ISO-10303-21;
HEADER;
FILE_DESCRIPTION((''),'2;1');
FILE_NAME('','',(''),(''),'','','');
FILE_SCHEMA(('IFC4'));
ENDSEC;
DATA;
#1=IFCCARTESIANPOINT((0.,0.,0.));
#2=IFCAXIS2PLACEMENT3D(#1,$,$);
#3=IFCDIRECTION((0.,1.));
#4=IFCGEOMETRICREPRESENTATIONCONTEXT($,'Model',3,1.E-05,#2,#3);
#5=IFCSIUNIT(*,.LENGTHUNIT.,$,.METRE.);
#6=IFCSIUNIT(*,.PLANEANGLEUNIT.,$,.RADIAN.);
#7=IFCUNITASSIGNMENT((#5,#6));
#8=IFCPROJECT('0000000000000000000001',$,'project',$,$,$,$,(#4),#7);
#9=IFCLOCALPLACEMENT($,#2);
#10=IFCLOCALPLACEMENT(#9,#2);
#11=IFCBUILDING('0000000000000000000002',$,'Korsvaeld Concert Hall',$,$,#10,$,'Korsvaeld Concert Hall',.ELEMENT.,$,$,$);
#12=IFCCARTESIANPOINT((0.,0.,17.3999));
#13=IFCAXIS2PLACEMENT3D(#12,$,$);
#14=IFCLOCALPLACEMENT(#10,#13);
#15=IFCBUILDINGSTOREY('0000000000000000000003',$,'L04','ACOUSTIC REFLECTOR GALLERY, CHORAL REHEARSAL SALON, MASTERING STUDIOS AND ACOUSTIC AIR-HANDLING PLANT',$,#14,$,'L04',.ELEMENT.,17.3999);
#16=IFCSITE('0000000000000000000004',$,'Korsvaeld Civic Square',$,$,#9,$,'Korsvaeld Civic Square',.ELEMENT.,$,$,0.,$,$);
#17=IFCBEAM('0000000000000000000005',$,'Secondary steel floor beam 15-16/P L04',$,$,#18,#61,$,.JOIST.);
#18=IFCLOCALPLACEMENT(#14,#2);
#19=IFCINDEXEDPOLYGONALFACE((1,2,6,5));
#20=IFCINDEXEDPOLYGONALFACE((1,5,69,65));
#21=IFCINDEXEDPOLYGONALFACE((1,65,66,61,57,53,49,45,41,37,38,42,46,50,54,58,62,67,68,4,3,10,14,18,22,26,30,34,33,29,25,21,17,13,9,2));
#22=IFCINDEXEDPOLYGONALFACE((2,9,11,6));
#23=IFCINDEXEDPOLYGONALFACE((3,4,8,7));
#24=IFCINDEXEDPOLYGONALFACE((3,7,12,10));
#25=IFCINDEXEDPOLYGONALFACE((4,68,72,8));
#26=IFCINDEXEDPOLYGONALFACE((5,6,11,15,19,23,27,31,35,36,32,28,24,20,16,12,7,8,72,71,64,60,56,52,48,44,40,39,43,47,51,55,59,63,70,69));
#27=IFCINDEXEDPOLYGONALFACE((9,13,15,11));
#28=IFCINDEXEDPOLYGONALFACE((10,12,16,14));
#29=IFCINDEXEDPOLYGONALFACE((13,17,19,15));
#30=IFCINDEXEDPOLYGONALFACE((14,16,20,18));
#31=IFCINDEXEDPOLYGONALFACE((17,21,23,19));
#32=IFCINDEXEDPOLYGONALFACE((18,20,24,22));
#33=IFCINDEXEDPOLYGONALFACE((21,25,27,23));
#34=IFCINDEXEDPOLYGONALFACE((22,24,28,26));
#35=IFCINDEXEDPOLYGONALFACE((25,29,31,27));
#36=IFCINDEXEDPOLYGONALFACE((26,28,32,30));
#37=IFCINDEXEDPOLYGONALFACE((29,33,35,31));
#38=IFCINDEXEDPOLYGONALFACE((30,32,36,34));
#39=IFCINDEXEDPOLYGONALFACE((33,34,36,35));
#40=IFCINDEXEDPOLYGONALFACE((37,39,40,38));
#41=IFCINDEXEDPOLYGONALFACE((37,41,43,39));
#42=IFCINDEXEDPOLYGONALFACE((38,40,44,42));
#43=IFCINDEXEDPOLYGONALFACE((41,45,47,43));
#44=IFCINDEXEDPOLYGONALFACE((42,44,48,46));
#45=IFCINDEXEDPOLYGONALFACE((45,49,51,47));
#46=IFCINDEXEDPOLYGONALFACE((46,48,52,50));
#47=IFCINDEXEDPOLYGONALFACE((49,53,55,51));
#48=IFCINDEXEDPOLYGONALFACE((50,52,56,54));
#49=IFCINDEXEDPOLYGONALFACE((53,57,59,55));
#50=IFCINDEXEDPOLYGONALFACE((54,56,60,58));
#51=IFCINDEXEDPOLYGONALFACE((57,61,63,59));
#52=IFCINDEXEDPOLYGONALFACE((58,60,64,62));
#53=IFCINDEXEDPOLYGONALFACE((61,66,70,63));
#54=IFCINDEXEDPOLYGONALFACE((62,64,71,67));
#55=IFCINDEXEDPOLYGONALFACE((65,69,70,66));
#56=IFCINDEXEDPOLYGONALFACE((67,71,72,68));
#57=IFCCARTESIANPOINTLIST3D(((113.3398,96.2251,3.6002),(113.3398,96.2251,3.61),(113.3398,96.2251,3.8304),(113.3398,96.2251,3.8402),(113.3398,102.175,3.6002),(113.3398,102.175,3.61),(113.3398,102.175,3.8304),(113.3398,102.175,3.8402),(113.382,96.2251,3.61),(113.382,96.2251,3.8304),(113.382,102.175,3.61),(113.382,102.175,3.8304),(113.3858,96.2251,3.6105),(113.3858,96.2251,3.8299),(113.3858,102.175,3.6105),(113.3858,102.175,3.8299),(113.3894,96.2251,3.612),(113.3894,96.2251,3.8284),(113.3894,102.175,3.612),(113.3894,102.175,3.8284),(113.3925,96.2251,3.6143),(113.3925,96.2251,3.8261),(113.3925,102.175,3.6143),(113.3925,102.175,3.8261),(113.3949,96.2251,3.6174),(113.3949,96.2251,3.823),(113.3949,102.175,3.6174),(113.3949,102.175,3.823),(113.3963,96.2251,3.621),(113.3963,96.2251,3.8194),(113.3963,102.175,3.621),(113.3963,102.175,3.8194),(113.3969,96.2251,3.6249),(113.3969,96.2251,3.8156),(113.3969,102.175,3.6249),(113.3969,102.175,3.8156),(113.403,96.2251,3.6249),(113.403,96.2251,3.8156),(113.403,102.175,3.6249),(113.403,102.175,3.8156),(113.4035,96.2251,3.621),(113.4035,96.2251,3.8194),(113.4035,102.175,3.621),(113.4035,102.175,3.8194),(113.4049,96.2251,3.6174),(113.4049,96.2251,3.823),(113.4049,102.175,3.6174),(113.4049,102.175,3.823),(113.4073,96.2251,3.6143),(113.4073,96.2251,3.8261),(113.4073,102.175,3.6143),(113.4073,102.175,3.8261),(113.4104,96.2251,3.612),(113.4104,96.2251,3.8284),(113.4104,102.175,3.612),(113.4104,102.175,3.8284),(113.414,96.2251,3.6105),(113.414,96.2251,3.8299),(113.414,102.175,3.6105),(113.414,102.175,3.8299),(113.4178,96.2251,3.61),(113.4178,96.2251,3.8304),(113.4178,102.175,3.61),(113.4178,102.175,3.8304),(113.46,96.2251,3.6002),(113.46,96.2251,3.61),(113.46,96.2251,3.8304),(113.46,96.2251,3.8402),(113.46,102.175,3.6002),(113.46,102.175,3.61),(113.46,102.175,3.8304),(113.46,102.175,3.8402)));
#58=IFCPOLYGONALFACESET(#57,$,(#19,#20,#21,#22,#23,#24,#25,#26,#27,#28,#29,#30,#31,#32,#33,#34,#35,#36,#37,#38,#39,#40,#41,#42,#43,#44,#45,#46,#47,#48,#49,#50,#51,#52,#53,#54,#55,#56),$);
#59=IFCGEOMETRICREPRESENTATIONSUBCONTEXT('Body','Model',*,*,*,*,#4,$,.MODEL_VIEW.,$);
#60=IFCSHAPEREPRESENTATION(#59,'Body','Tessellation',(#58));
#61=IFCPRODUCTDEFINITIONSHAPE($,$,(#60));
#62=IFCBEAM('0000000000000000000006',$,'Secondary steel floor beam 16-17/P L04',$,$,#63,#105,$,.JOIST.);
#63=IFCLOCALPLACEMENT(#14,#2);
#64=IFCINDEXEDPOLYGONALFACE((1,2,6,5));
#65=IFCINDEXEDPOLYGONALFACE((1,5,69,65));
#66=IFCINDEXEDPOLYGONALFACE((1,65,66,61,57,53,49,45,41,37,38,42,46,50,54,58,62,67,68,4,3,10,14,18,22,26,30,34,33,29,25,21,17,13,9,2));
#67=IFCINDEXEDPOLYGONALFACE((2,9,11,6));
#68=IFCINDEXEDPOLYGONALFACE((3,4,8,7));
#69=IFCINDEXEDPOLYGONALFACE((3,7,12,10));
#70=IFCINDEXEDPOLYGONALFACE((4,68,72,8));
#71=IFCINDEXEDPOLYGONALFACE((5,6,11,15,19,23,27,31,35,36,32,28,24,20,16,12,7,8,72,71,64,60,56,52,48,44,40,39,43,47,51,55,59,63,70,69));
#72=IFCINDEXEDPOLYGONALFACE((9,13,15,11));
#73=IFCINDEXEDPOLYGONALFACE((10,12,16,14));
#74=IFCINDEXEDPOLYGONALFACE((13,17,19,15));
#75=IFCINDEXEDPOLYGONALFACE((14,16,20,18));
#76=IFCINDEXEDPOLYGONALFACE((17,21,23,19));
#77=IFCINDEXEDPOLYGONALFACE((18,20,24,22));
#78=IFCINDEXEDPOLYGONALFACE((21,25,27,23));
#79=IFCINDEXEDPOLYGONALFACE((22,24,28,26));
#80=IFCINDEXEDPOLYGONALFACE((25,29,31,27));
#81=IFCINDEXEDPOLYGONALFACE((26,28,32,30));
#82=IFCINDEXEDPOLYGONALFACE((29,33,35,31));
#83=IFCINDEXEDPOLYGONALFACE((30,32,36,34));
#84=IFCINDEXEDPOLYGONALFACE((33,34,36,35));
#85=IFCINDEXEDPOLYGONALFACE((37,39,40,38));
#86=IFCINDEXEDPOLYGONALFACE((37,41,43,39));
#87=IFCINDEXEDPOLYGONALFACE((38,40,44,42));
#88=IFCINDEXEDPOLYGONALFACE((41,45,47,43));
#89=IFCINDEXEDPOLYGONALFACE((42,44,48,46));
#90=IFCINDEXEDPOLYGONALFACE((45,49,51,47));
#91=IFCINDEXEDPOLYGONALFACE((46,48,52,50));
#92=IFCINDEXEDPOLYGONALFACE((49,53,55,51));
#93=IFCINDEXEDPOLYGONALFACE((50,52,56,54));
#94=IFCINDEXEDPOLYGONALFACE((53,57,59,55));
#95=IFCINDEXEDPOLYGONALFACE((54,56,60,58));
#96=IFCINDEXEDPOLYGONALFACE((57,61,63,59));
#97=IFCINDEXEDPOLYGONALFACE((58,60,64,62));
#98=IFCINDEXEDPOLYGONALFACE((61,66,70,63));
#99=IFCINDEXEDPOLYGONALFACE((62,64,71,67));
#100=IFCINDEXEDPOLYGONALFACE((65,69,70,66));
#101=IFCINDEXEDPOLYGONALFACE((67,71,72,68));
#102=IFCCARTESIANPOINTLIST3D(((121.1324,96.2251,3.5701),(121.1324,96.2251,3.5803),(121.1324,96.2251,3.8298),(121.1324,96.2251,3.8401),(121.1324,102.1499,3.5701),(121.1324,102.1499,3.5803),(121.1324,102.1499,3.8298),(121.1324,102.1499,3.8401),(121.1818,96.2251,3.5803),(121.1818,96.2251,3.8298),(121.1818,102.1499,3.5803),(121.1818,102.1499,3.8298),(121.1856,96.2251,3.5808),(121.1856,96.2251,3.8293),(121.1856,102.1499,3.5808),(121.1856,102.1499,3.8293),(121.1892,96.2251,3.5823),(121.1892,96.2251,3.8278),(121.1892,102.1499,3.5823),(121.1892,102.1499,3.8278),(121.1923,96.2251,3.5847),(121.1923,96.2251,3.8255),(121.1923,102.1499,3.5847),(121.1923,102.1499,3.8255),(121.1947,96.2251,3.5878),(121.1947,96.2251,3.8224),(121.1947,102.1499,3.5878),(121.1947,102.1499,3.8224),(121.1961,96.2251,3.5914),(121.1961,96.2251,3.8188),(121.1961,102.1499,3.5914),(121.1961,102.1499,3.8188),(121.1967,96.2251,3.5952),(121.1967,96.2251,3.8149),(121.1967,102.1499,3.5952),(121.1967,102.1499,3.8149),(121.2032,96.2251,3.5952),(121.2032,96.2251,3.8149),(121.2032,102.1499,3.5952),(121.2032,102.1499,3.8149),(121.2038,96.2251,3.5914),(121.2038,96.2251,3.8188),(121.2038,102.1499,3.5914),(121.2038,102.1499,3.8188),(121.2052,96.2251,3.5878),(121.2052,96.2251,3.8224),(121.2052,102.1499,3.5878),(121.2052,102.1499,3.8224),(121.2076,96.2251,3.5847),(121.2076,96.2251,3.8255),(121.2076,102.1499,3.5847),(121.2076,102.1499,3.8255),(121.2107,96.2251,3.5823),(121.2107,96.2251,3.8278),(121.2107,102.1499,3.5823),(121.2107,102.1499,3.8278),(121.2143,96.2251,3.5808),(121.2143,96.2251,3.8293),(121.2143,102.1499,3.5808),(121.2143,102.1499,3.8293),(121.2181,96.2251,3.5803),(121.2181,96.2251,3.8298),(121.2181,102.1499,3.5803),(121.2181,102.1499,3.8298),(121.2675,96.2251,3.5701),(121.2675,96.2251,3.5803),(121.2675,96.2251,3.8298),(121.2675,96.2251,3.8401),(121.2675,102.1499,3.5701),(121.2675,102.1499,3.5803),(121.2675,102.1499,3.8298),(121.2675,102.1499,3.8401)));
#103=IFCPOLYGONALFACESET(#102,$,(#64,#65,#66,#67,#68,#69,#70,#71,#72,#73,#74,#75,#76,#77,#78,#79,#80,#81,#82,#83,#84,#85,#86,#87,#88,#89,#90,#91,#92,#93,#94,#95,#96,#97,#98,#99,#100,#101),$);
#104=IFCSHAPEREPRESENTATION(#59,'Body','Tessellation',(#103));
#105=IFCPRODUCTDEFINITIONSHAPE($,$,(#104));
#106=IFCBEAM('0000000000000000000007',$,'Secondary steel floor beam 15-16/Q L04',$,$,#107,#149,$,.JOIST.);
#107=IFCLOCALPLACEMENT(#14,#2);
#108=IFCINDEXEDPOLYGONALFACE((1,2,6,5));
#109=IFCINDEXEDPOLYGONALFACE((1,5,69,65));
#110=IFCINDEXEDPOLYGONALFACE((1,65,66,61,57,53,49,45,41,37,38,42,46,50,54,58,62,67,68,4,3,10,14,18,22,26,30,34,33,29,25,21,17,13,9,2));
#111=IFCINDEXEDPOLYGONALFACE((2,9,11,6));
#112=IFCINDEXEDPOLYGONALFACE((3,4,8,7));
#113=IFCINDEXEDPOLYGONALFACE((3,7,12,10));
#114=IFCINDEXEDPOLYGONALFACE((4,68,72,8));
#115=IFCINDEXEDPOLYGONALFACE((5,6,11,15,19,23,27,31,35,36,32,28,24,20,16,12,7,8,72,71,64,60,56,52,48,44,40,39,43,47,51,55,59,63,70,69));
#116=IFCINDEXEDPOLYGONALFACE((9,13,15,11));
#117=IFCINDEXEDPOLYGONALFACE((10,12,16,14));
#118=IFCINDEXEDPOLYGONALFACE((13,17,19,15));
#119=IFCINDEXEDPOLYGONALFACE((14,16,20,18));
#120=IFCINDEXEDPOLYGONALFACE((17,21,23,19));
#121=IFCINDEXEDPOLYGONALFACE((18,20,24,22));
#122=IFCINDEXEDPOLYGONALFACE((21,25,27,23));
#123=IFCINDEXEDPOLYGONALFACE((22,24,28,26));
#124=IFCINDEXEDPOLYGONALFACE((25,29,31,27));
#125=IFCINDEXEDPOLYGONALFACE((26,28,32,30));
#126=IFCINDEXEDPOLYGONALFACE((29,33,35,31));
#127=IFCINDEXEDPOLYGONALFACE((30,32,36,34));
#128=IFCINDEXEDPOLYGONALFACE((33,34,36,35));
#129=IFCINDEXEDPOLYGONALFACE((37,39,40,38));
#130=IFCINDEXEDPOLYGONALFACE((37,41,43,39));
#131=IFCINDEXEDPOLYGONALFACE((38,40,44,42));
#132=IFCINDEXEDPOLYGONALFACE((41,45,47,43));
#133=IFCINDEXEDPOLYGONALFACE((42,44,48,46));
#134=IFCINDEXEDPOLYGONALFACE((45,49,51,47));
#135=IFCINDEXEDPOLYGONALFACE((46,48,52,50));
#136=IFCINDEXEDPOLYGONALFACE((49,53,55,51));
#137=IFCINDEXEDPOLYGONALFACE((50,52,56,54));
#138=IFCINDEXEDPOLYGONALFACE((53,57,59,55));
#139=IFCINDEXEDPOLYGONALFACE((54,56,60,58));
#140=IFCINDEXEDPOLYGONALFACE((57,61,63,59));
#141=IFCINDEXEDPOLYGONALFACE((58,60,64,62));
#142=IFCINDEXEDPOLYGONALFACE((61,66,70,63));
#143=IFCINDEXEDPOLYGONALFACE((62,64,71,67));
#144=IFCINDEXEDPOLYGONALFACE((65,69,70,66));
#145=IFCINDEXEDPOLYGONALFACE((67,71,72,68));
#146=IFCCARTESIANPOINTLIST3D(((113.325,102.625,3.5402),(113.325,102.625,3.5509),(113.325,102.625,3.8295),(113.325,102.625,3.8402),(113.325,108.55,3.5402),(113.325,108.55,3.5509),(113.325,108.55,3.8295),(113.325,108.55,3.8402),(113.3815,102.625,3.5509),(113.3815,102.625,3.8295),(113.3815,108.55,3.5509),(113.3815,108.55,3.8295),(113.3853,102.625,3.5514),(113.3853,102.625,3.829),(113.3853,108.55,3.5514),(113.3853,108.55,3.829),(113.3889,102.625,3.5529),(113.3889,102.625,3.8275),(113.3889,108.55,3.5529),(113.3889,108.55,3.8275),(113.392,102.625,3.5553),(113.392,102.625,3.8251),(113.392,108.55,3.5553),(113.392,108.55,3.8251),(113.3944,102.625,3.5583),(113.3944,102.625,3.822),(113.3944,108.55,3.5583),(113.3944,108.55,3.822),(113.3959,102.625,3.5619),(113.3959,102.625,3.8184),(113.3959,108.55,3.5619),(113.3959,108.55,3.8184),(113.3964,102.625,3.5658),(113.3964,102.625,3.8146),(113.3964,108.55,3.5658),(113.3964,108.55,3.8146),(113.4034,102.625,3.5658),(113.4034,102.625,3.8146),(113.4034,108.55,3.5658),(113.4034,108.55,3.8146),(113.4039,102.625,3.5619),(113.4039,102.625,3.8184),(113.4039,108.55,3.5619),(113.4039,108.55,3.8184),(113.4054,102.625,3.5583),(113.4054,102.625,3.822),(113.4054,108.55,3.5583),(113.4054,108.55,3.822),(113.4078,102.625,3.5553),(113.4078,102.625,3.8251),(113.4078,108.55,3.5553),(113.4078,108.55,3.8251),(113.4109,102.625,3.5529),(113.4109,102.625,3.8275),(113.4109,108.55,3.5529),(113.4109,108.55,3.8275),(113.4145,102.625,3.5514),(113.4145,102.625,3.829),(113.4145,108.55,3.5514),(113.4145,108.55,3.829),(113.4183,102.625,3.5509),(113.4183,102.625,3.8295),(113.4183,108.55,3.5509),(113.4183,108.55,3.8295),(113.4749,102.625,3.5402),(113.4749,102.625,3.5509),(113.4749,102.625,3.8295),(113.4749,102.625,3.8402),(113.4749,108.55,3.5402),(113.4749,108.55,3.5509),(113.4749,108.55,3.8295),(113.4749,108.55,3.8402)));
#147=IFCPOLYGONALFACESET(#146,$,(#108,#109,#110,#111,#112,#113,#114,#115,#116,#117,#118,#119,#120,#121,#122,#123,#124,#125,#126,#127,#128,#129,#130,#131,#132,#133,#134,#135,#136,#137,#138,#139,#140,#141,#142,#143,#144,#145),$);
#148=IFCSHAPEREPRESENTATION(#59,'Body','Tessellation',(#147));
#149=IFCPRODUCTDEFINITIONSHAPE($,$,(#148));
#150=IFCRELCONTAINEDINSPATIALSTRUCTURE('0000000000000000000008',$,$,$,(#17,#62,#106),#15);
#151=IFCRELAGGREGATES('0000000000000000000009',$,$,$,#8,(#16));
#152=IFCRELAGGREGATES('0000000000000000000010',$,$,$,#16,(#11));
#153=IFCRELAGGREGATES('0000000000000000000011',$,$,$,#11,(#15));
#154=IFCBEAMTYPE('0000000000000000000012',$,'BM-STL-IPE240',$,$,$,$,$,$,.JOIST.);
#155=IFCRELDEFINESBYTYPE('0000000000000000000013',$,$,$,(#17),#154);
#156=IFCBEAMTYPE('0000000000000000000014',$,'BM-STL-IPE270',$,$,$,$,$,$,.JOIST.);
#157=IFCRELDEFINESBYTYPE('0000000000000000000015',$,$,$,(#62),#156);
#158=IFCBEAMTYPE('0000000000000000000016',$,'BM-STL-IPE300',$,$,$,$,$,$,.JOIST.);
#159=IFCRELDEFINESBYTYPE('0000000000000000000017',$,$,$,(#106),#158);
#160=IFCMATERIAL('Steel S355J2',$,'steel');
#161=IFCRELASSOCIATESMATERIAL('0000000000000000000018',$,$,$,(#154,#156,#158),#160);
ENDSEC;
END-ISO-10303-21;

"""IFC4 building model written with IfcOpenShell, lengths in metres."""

from ifc_helpers import new_model, si_unit, direction, frame, origin, origin_2d, place, context, subcontext, project, spatial, i_section, extrude, material, material_profile, profile_set, type_object, element, save


model = new_model("IFC4")

# Units and contexts
model_context = context("Model", 3, precision=1e-05, world=origin(), true_north=direction((0.0, 1.0)))
body_context = subcontext(model_context, "Body", "Model", "MODEL_VIEW")
ifc_project = project(units=[si_unit("LENGTHUNIT", "METRE"), si_unit("PLANEANGLEUNIT", "RADIAN")], contexts=[model_context])

# Site, building, storey
site_placement = place(None, origin())
site = spatial("IfcSite", under=ifc_project, at=site_placement, Name="Korsvaeld Civic Square", LongName="Korsvaeld Civic Square", CompositionType="ELEMENT", RefElevation=0.0)
building_placement = place(site_placement, origin())
building = spatial("IfcBuilding", under=site, at=building_placement, Name="Korsvaeld Concert Hall", LongName="Korsvaeld Concert Hall", CompositionType="ELEMENT")
storey_placement = place(building_placement, frame((0.0, 0.0, 17.3999)))
storey = spatial("IfcBuildingStorey", under=building, at=storey_placement, Name="L04", Description="ACOUSTIC REFLECTOR GALLERY, CHORAL REHEARSAL SALON, MASTERING STUDIOS AND ACOUSTIC AIR-HANDLING PLANT", LongName="L04", CompositionType="ELEMENT", Elevation=17.3999)

# Beams
ifc_material_1 = material(Name="Steel S355J2", Category="steel")
ifc_material_profile_1 = material_profile(ifc_material_1, i_section(OverallWidth=0.1201, OverallDepth=0.24, WebThickness=0.0061, FlangeThickness=0.0098, FilletRadius=0.0149, at=origin_2d()), Name="IPE 240")
ifc_profile_set_1 = profile_set([ifc_material_profile_1], Name="Steel S355J2")
beam_type_1 = type_object("IfcBeamType", Name="BM-STL-IPE240", PredefinedType="JOIST", material=ifc_profile_set_1)
beam_1_placement = place(storey_placement, frame((113.3999, 96.2251, 3.7202), z_axis=(0.0, 1.0, 0.0), x_axis=(-1.0, 0.0, 0.0)))
element("IfcBeam", 1, at=beam_1_placement, inside=storey, type_object=beam_type_1, Name="Secondary steel floor beam 15-16/P L04", PredefinedType="JOIST", context=body_context, shape_type="SweptSolid", body=[
    extrude(i_section(OverallWidth=0.1201, OverallDepth=0.24, WebThickness=0.0061, FlangeThickness=0.0098, FilletRadius=0.0149, at=origin_2d()), origin(), (0.0, 0.0, 1.0), 5.95),
])
ifc_material_profile_2 = material_profile(ifc_material_1, i_section(OverallWidth=0.135, OverallDepth=0.27, WebThickness=0.0066, FlangeThickness=0.0103, FilletRadius=0.0149, at=origin_2d()), Name="IPE 270")
ifc_profile_set_2 = profile_set([ifc_material_profile_2], Name="Steel S355J2")
beam_type_2 = type_object("IfcBeamType", Name="BM-STL-IPE270", PredefinedType="JOIST", material=ifc_profile_set_2)
beam_2_placement = place(storey_placement, frame((121.2, 96.2251, 3.7051), z_axis=(0.0, 1.0, 0.0), x_axis=(-1.0, 0.0, 0.0)))
element("IfcBeam", 2, at=beam_2_placement, inside=storey, type_object=beam_type_2, Name="Secondary steel floor beam 16-17/P L04", PredefinedType="JOIST", context=body_context, shape_type="SweptSolid", body=[
    extrude(i_section(OverallWidth=0.135, OverallDepth=0.27, WebThickness=0.0066, FlangeThickness=0.0103, FilletRadius=0.0149, at=origin_2d()), origin(), (0.0, 0.0, 1.0), 5.9248),
])
ifc_material_profile_3 = material_profile(ifc_material_1, i_section(OverallWidth=0.1499, OverallDepth=0.3, WebThickness=0.0071, FlangeThickness=0.0107, FilletRadius=0.0149, at=origin_2d()), Name="IPE 300")
ifc_profile_set_3 = profile_set([ifc_material_profile_3], Name="Steel S355J2")
beam_type_3 = type_object("IfcBeamType", Name="BM-STL-IPE300", PredefinedType="JOIST", material=ifc_profile_set_3)
beam_3_placement = place(storey_placement, frame((113.3999, 102.625, 3.6902), z_axis=(0.0, 1.0, 0.0), x_axis=(-1.0, 0.0, 0.0)))
element("IfcBeam", 3, at=beam_3_placement, inside=storey, type_object=beam_type_3, Name="Secondary steel floor beam 15-16/Q L04", PredefinedType="JOIST", context=body_context, shape_type="SweptSolid", body=[
    extrude(i_section(OverallWidth=0.1499, OverallDepth=0.3, WebThickness=0.0071, FlangeThickness=0.0107, FilletRadius=0.0149, at=origin_2d()), origin(), (0.0, 0.0, 1.0), 5.925),
])

save(model, "model.ifc")
